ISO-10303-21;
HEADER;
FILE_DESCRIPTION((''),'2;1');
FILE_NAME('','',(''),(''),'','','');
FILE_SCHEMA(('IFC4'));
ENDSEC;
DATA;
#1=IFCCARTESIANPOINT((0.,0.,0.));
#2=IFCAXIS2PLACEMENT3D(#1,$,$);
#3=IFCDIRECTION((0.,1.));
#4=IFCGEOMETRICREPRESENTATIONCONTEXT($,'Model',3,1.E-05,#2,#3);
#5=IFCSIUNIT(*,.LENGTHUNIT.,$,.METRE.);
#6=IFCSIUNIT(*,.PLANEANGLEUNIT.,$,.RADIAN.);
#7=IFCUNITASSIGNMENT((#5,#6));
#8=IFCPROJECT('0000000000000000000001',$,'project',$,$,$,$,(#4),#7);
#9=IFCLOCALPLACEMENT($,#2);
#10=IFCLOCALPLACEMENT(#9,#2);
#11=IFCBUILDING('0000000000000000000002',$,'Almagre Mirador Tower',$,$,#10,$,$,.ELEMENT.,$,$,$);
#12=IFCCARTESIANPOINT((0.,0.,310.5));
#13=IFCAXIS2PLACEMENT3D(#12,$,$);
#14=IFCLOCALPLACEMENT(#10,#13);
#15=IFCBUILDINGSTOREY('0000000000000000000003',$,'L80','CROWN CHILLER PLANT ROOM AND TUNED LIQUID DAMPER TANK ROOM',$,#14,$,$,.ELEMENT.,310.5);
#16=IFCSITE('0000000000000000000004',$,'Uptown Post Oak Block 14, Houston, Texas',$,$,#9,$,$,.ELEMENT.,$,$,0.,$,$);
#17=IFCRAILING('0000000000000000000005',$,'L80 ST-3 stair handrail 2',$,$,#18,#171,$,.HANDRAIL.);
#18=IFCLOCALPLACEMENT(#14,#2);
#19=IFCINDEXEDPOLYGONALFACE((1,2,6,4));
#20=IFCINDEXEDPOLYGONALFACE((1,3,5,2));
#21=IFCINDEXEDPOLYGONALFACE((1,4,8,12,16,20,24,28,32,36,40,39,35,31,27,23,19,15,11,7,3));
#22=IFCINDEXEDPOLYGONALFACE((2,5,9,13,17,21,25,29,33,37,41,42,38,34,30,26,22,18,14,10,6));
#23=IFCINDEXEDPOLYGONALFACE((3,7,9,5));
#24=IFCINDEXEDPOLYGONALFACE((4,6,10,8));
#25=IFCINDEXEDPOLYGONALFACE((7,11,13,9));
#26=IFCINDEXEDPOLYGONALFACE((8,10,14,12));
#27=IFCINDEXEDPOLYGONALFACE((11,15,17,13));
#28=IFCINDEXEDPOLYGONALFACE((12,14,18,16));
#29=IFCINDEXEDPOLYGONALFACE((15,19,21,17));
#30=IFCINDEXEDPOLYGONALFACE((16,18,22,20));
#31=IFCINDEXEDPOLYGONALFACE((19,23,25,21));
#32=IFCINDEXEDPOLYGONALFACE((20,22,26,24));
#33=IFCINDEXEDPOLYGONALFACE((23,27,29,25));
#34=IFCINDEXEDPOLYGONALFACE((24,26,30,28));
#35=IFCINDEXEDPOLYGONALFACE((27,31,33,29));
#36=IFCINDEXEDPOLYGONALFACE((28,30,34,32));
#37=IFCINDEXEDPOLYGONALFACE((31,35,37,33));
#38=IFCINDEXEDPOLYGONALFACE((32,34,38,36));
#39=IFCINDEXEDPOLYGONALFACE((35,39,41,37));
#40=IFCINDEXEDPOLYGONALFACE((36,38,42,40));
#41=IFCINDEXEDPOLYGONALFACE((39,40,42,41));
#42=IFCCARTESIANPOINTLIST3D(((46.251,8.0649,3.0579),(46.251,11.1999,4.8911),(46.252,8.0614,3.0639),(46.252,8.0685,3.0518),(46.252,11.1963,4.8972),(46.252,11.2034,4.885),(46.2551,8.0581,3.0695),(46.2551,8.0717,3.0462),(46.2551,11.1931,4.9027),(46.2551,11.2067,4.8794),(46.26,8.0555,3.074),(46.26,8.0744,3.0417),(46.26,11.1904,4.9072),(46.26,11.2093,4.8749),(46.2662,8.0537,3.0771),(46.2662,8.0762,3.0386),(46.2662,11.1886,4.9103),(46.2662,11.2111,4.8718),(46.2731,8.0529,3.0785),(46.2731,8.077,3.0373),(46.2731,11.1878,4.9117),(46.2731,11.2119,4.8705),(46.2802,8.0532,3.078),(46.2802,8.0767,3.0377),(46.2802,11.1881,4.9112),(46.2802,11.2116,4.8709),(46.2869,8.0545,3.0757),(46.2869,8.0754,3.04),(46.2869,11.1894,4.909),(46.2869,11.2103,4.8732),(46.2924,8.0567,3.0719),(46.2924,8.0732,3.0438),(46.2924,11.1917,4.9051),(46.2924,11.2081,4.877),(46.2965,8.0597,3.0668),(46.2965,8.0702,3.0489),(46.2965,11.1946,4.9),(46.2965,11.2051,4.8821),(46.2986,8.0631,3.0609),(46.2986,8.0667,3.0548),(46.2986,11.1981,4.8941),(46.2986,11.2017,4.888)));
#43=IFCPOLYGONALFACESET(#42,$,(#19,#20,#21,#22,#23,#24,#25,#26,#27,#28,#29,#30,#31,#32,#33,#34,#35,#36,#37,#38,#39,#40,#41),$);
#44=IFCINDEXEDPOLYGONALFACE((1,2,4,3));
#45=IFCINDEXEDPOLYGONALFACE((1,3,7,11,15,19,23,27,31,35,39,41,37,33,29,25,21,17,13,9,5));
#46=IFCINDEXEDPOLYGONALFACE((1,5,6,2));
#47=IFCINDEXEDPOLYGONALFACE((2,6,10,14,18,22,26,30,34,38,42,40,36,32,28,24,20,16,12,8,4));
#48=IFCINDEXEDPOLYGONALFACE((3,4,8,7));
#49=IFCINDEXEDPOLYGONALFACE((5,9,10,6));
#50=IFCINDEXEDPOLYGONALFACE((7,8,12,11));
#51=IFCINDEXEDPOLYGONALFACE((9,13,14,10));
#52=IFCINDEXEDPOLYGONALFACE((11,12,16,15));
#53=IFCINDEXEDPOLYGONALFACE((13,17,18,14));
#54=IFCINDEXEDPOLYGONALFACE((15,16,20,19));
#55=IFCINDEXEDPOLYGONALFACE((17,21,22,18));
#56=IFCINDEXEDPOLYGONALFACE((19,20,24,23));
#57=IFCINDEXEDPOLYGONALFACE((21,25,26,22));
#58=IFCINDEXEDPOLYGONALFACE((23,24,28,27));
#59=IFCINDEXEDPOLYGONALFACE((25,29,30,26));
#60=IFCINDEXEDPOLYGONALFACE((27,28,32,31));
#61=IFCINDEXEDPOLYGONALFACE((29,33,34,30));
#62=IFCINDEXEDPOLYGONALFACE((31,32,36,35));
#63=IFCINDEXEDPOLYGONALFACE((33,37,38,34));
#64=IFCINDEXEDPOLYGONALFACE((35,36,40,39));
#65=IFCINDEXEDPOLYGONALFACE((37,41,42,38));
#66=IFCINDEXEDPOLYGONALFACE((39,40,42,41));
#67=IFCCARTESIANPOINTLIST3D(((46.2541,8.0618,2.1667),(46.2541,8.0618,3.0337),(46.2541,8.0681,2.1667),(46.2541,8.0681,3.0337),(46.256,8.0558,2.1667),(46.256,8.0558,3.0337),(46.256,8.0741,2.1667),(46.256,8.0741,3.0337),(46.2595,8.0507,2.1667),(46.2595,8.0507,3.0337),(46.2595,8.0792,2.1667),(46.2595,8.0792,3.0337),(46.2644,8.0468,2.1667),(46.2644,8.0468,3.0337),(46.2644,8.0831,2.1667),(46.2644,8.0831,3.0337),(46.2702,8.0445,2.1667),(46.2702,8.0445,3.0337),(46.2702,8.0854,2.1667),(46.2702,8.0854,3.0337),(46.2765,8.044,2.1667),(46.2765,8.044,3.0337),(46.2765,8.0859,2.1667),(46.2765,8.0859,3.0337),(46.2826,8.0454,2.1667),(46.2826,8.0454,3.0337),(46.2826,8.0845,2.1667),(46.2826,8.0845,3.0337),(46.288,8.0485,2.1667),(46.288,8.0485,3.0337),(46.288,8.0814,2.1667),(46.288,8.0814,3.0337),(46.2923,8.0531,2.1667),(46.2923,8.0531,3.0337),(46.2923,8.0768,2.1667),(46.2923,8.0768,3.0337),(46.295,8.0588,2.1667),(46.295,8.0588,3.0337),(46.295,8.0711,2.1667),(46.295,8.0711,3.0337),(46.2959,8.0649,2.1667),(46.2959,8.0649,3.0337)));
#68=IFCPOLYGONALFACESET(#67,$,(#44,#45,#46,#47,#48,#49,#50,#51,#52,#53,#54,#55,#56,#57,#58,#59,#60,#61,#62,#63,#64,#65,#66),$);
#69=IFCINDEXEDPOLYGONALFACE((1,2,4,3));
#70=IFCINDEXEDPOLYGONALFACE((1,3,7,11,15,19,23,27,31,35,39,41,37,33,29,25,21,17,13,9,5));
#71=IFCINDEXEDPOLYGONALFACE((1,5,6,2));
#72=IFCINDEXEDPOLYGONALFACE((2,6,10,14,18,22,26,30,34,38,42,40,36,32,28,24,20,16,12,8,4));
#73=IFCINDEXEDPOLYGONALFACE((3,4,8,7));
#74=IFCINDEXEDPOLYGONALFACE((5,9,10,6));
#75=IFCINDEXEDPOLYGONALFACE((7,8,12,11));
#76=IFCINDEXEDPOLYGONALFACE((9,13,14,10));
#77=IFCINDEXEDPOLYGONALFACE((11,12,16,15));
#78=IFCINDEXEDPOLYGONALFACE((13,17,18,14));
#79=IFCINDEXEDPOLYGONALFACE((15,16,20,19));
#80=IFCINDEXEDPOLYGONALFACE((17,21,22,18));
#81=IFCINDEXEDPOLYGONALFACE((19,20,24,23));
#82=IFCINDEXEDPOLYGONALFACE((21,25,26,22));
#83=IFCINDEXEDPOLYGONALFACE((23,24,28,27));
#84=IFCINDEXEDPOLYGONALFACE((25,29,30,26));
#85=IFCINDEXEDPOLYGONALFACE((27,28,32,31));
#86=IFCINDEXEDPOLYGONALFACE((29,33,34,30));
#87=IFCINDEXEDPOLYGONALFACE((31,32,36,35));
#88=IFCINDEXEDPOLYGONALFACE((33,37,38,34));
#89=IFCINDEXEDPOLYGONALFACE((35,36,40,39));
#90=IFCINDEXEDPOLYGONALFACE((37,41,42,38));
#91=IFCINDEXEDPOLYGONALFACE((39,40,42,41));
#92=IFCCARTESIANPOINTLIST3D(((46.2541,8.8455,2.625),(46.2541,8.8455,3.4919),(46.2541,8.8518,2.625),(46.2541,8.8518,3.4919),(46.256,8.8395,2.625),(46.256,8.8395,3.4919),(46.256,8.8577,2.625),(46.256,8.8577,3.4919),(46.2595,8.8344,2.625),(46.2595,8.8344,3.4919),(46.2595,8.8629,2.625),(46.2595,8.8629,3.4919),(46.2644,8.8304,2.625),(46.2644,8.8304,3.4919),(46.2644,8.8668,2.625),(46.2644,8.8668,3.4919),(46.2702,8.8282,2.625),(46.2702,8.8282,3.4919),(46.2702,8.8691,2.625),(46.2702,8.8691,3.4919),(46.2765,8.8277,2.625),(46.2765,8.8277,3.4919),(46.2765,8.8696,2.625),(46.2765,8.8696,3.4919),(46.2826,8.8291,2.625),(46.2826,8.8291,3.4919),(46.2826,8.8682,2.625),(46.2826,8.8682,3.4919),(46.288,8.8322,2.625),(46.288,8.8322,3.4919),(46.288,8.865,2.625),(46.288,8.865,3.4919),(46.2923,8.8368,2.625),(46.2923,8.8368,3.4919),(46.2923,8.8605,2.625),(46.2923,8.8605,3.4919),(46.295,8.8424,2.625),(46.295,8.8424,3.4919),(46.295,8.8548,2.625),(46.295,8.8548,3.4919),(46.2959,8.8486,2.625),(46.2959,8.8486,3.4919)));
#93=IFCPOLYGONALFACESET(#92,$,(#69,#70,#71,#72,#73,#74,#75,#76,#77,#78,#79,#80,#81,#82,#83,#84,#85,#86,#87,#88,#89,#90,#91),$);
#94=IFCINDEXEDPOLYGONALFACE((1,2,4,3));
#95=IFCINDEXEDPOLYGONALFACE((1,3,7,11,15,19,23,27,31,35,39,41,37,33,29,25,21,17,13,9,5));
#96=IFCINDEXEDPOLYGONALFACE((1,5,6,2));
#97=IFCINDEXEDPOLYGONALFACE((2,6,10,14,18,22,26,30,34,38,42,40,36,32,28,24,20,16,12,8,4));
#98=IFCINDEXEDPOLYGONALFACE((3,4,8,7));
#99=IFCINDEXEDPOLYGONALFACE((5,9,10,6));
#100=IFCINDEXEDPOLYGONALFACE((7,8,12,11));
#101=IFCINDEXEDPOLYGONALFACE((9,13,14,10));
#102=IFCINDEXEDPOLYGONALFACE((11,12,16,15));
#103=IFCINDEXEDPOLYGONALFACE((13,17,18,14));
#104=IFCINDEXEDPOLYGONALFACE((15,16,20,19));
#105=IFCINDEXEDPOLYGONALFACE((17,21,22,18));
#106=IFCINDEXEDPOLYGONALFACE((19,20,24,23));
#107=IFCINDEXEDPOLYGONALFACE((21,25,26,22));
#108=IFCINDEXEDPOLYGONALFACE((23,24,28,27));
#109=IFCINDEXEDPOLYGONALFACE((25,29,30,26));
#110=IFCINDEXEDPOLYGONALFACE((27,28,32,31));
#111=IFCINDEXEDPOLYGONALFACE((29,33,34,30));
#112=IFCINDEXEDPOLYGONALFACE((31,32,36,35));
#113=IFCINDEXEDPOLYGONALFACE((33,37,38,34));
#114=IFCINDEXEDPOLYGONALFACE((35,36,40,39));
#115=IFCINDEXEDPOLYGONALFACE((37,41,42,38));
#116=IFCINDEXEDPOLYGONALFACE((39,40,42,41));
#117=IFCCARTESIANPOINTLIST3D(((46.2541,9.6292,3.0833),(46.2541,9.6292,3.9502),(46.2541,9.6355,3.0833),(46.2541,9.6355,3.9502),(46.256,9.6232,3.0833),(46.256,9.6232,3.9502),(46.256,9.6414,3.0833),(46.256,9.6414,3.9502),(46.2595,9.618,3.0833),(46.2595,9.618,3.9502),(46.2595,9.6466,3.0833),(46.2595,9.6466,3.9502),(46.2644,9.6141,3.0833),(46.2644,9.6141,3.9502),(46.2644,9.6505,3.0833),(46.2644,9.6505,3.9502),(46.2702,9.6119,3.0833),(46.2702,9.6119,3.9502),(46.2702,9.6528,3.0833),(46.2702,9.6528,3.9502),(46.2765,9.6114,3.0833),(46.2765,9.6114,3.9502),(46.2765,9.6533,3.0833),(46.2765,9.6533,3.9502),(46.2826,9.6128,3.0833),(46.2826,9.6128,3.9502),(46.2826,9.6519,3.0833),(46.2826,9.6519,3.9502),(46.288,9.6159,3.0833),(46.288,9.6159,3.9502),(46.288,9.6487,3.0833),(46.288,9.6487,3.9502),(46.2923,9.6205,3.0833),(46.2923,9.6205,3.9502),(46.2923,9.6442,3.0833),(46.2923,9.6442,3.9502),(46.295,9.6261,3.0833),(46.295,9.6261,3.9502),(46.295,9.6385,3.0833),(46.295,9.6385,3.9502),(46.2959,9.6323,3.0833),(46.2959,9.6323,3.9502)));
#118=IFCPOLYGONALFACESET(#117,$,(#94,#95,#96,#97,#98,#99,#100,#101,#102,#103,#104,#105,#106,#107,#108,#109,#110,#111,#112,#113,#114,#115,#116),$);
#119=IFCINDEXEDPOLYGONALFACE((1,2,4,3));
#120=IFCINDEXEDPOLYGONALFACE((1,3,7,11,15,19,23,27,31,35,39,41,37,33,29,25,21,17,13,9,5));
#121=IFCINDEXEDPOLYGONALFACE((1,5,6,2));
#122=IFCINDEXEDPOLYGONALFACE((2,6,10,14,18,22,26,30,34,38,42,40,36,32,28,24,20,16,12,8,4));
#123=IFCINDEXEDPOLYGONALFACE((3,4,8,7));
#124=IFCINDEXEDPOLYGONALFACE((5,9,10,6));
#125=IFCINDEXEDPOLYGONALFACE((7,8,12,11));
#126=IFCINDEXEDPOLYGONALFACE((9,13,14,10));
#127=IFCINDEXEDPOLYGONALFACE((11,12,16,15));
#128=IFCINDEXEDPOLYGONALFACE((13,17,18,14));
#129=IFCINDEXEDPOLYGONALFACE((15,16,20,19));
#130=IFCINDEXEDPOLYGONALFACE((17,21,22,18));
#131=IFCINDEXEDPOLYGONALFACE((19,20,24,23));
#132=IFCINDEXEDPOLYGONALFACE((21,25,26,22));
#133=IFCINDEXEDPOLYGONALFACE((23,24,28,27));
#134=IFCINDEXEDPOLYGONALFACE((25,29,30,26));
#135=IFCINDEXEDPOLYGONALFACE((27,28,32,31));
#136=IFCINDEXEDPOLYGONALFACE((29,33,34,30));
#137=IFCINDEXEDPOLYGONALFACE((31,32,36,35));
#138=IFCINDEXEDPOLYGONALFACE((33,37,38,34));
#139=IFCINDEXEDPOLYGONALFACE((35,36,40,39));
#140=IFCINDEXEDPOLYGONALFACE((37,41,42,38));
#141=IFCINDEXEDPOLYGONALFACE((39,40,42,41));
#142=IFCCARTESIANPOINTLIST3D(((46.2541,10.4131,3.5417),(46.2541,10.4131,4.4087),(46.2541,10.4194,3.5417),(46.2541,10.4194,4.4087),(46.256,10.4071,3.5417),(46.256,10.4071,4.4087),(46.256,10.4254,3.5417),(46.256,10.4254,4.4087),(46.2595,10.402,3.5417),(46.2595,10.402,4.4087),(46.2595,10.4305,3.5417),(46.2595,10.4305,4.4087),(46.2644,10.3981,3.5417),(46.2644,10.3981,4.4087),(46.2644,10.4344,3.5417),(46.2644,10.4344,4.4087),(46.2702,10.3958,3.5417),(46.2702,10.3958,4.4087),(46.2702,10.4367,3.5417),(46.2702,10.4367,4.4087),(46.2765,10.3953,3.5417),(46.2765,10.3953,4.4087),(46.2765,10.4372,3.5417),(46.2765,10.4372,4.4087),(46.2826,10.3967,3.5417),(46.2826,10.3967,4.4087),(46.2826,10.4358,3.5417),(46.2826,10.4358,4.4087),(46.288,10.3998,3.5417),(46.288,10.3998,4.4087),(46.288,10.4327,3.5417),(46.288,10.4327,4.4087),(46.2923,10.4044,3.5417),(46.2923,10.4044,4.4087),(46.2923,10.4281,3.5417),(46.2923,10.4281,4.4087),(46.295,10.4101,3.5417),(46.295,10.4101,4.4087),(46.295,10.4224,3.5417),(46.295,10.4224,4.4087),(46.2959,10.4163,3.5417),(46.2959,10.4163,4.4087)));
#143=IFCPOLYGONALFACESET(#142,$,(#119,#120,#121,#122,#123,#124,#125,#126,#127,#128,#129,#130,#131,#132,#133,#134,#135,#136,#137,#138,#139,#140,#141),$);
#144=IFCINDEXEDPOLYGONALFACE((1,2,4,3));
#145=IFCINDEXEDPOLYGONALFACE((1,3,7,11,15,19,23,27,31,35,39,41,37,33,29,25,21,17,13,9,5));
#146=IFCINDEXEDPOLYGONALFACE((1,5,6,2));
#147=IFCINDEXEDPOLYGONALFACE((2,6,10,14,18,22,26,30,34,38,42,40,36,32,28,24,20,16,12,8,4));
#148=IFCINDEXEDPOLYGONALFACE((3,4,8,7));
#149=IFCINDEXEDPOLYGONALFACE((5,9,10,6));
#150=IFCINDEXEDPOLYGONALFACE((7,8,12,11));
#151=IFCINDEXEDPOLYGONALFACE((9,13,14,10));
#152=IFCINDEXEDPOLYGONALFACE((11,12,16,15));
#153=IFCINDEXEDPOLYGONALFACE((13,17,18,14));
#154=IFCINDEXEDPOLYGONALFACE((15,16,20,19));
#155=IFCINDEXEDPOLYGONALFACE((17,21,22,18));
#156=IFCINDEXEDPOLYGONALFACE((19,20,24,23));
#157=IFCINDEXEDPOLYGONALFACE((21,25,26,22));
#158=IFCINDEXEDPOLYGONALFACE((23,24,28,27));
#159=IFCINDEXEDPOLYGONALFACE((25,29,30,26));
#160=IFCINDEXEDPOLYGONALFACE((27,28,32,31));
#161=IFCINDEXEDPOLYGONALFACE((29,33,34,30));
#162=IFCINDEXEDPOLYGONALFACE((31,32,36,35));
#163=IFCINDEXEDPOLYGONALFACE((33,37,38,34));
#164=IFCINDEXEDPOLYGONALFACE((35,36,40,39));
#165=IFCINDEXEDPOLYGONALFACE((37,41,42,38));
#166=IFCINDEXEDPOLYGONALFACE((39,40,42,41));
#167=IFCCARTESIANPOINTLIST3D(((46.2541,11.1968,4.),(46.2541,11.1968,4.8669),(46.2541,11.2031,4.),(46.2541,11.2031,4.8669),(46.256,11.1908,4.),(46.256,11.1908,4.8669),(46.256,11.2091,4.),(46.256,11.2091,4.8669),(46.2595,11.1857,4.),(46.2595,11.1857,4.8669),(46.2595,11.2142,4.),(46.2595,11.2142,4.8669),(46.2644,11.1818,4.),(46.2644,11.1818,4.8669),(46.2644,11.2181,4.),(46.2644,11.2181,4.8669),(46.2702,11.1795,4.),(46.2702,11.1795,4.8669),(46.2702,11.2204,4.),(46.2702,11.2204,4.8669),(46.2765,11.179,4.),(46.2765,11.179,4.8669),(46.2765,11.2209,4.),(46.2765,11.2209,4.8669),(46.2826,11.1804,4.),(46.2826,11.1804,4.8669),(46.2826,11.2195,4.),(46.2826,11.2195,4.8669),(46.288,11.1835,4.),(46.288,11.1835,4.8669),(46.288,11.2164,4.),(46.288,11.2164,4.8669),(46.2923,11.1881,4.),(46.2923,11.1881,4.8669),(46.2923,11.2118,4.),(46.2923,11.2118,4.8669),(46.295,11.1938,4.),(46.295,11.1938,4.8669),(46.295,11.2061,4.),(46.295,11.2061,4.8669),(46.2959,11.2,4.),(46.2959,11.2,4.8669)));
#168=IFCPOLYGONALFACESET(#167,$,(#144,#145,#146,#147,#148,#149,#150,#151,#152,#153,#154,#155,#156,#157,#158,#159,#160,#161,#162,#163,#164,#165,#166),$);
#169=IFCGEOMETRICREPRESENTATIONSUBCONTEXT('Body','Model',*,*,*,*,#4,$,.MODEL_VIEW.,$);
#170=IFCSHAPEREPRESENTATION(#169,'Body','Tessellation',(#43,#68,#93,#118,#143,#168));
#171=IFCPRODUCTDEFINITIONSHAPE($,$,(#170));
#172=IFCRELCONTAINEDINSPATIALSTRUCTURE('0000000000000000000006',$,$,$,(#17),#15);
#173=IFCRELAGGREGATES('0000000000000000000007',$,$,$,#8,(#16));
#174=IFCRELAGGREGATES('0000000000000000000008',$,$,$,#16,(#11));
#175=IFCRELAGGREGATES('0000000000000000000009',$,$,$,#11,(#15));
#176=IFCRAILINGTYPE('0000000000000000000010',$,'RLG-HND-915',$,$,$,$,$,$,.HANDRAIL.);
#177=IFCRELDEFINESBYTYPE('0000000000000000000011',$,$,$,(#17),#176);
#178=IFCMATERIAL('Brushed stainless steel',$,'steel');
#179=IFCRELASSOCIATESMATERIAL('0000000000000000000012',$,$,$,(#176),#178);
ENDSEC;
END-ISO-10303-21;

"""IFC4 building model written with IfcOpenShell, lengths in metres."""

from ifc_helpers import new_model, si_unit, direction, frame, origin, origin_2d, place, context, subcontext, project, spatial, circle, extrude, material, type_object, element, save


model = new_model("IFC4")

# Units and contexts
model_context = context("Model", 3, precision=1e-05, world=origin(), true_north=direction((0.0, 1.0)))
body_context = subcontext(model_context, "Body", "Model", "MODEL_VIEW")
ifc_project = project(units=[si_unit("LENGTHUNIT", "METRE"), si_unit("PLANEANGLEUNIT", "RADIAN")], contexts=[model_context])

# Site, building, storey
site_placement = place(None, origin())
site = spatial("IfcSite", under=ifc_project, at=site_placement, Name="Uptown Post Oak Block 14, Houston, Texas", CompositionType="ELEMENT", RefElevation=0.0)
building_placement = place(site_placement, origin())
building = spatial("IfcBuilding", under=site, at=building_placement, Name="Almagre Mirador Tower", CompositionType="ELEMENT")
storey_placement = place(building_placement, frame((0.0, 0.0, 310.5)))
storey = spatial("IfcBuildingStorey", under=building, at=storey_placement, Name="L80", Description="CROWN CHILLER PLANT ROOM AND TUNED LIQUID DAMPER TANK ROOM", CompositionType="ELEMENT", Elevation=310.5)

# Railing
ifc_material_1 = material(Name="Brushed stainless steel", Category="steel")
railing_type_1 = type_object("IfcRailingType", Name="RLG-HND-915", PredefinedType="HANDRAIL", material=ifc_material_1)
railing_1_placement = place(storey_placement, frame((46.2749, 8.0649, 2.1667)))
element("IfcRailing", 1, at=railing_1_placement, inside=storey, type_object=railing_type_1, Name="L80 ST-3 stair handrail 2", PredefinedType="HANDRAIL", context=body_context, shape_type="SweptSolid", body=[
    extrude(circle(Radius=0.0239, at=origin_2d()), frame((0.0, 0.0, 0.8911), z_axis=(0.0, 0.86324, 0.504794), x_axis=(-1.0, 0.0, 0.0)), (0.0, 0.0, 1.0), 3.6316),
    extrude(circle(Radius=0.021, at=origin_2d()), origin(), (0.0, 0.0, 1.0), 0.8669),
    extrude(circle(Radius=0.021, at=origin_2d()), frame((0.0, 0.7837, 0.4583)), (0.0, 0.0, 1.0), 0.8669),
    extrude(circle(Radius=0.021, at=origin_2d()), frame((0.0, 1.5674, 0.9165)), (0.0, 0.0, 1.0), 0.8669),
    extrude(circle(Radius=0.021, at=origin_2d()), frame((0.0, 2.3513, 1.375)), (0.0, 0.0, 1.0), 0.8669),
    extrude(circle(Radius=0.021, at=origin_2d()), frame((0.0, 3.135, 1.8333)), (0.0, 0.0, 1.0), 0.8669),
])

save(model, "model.ifc")
